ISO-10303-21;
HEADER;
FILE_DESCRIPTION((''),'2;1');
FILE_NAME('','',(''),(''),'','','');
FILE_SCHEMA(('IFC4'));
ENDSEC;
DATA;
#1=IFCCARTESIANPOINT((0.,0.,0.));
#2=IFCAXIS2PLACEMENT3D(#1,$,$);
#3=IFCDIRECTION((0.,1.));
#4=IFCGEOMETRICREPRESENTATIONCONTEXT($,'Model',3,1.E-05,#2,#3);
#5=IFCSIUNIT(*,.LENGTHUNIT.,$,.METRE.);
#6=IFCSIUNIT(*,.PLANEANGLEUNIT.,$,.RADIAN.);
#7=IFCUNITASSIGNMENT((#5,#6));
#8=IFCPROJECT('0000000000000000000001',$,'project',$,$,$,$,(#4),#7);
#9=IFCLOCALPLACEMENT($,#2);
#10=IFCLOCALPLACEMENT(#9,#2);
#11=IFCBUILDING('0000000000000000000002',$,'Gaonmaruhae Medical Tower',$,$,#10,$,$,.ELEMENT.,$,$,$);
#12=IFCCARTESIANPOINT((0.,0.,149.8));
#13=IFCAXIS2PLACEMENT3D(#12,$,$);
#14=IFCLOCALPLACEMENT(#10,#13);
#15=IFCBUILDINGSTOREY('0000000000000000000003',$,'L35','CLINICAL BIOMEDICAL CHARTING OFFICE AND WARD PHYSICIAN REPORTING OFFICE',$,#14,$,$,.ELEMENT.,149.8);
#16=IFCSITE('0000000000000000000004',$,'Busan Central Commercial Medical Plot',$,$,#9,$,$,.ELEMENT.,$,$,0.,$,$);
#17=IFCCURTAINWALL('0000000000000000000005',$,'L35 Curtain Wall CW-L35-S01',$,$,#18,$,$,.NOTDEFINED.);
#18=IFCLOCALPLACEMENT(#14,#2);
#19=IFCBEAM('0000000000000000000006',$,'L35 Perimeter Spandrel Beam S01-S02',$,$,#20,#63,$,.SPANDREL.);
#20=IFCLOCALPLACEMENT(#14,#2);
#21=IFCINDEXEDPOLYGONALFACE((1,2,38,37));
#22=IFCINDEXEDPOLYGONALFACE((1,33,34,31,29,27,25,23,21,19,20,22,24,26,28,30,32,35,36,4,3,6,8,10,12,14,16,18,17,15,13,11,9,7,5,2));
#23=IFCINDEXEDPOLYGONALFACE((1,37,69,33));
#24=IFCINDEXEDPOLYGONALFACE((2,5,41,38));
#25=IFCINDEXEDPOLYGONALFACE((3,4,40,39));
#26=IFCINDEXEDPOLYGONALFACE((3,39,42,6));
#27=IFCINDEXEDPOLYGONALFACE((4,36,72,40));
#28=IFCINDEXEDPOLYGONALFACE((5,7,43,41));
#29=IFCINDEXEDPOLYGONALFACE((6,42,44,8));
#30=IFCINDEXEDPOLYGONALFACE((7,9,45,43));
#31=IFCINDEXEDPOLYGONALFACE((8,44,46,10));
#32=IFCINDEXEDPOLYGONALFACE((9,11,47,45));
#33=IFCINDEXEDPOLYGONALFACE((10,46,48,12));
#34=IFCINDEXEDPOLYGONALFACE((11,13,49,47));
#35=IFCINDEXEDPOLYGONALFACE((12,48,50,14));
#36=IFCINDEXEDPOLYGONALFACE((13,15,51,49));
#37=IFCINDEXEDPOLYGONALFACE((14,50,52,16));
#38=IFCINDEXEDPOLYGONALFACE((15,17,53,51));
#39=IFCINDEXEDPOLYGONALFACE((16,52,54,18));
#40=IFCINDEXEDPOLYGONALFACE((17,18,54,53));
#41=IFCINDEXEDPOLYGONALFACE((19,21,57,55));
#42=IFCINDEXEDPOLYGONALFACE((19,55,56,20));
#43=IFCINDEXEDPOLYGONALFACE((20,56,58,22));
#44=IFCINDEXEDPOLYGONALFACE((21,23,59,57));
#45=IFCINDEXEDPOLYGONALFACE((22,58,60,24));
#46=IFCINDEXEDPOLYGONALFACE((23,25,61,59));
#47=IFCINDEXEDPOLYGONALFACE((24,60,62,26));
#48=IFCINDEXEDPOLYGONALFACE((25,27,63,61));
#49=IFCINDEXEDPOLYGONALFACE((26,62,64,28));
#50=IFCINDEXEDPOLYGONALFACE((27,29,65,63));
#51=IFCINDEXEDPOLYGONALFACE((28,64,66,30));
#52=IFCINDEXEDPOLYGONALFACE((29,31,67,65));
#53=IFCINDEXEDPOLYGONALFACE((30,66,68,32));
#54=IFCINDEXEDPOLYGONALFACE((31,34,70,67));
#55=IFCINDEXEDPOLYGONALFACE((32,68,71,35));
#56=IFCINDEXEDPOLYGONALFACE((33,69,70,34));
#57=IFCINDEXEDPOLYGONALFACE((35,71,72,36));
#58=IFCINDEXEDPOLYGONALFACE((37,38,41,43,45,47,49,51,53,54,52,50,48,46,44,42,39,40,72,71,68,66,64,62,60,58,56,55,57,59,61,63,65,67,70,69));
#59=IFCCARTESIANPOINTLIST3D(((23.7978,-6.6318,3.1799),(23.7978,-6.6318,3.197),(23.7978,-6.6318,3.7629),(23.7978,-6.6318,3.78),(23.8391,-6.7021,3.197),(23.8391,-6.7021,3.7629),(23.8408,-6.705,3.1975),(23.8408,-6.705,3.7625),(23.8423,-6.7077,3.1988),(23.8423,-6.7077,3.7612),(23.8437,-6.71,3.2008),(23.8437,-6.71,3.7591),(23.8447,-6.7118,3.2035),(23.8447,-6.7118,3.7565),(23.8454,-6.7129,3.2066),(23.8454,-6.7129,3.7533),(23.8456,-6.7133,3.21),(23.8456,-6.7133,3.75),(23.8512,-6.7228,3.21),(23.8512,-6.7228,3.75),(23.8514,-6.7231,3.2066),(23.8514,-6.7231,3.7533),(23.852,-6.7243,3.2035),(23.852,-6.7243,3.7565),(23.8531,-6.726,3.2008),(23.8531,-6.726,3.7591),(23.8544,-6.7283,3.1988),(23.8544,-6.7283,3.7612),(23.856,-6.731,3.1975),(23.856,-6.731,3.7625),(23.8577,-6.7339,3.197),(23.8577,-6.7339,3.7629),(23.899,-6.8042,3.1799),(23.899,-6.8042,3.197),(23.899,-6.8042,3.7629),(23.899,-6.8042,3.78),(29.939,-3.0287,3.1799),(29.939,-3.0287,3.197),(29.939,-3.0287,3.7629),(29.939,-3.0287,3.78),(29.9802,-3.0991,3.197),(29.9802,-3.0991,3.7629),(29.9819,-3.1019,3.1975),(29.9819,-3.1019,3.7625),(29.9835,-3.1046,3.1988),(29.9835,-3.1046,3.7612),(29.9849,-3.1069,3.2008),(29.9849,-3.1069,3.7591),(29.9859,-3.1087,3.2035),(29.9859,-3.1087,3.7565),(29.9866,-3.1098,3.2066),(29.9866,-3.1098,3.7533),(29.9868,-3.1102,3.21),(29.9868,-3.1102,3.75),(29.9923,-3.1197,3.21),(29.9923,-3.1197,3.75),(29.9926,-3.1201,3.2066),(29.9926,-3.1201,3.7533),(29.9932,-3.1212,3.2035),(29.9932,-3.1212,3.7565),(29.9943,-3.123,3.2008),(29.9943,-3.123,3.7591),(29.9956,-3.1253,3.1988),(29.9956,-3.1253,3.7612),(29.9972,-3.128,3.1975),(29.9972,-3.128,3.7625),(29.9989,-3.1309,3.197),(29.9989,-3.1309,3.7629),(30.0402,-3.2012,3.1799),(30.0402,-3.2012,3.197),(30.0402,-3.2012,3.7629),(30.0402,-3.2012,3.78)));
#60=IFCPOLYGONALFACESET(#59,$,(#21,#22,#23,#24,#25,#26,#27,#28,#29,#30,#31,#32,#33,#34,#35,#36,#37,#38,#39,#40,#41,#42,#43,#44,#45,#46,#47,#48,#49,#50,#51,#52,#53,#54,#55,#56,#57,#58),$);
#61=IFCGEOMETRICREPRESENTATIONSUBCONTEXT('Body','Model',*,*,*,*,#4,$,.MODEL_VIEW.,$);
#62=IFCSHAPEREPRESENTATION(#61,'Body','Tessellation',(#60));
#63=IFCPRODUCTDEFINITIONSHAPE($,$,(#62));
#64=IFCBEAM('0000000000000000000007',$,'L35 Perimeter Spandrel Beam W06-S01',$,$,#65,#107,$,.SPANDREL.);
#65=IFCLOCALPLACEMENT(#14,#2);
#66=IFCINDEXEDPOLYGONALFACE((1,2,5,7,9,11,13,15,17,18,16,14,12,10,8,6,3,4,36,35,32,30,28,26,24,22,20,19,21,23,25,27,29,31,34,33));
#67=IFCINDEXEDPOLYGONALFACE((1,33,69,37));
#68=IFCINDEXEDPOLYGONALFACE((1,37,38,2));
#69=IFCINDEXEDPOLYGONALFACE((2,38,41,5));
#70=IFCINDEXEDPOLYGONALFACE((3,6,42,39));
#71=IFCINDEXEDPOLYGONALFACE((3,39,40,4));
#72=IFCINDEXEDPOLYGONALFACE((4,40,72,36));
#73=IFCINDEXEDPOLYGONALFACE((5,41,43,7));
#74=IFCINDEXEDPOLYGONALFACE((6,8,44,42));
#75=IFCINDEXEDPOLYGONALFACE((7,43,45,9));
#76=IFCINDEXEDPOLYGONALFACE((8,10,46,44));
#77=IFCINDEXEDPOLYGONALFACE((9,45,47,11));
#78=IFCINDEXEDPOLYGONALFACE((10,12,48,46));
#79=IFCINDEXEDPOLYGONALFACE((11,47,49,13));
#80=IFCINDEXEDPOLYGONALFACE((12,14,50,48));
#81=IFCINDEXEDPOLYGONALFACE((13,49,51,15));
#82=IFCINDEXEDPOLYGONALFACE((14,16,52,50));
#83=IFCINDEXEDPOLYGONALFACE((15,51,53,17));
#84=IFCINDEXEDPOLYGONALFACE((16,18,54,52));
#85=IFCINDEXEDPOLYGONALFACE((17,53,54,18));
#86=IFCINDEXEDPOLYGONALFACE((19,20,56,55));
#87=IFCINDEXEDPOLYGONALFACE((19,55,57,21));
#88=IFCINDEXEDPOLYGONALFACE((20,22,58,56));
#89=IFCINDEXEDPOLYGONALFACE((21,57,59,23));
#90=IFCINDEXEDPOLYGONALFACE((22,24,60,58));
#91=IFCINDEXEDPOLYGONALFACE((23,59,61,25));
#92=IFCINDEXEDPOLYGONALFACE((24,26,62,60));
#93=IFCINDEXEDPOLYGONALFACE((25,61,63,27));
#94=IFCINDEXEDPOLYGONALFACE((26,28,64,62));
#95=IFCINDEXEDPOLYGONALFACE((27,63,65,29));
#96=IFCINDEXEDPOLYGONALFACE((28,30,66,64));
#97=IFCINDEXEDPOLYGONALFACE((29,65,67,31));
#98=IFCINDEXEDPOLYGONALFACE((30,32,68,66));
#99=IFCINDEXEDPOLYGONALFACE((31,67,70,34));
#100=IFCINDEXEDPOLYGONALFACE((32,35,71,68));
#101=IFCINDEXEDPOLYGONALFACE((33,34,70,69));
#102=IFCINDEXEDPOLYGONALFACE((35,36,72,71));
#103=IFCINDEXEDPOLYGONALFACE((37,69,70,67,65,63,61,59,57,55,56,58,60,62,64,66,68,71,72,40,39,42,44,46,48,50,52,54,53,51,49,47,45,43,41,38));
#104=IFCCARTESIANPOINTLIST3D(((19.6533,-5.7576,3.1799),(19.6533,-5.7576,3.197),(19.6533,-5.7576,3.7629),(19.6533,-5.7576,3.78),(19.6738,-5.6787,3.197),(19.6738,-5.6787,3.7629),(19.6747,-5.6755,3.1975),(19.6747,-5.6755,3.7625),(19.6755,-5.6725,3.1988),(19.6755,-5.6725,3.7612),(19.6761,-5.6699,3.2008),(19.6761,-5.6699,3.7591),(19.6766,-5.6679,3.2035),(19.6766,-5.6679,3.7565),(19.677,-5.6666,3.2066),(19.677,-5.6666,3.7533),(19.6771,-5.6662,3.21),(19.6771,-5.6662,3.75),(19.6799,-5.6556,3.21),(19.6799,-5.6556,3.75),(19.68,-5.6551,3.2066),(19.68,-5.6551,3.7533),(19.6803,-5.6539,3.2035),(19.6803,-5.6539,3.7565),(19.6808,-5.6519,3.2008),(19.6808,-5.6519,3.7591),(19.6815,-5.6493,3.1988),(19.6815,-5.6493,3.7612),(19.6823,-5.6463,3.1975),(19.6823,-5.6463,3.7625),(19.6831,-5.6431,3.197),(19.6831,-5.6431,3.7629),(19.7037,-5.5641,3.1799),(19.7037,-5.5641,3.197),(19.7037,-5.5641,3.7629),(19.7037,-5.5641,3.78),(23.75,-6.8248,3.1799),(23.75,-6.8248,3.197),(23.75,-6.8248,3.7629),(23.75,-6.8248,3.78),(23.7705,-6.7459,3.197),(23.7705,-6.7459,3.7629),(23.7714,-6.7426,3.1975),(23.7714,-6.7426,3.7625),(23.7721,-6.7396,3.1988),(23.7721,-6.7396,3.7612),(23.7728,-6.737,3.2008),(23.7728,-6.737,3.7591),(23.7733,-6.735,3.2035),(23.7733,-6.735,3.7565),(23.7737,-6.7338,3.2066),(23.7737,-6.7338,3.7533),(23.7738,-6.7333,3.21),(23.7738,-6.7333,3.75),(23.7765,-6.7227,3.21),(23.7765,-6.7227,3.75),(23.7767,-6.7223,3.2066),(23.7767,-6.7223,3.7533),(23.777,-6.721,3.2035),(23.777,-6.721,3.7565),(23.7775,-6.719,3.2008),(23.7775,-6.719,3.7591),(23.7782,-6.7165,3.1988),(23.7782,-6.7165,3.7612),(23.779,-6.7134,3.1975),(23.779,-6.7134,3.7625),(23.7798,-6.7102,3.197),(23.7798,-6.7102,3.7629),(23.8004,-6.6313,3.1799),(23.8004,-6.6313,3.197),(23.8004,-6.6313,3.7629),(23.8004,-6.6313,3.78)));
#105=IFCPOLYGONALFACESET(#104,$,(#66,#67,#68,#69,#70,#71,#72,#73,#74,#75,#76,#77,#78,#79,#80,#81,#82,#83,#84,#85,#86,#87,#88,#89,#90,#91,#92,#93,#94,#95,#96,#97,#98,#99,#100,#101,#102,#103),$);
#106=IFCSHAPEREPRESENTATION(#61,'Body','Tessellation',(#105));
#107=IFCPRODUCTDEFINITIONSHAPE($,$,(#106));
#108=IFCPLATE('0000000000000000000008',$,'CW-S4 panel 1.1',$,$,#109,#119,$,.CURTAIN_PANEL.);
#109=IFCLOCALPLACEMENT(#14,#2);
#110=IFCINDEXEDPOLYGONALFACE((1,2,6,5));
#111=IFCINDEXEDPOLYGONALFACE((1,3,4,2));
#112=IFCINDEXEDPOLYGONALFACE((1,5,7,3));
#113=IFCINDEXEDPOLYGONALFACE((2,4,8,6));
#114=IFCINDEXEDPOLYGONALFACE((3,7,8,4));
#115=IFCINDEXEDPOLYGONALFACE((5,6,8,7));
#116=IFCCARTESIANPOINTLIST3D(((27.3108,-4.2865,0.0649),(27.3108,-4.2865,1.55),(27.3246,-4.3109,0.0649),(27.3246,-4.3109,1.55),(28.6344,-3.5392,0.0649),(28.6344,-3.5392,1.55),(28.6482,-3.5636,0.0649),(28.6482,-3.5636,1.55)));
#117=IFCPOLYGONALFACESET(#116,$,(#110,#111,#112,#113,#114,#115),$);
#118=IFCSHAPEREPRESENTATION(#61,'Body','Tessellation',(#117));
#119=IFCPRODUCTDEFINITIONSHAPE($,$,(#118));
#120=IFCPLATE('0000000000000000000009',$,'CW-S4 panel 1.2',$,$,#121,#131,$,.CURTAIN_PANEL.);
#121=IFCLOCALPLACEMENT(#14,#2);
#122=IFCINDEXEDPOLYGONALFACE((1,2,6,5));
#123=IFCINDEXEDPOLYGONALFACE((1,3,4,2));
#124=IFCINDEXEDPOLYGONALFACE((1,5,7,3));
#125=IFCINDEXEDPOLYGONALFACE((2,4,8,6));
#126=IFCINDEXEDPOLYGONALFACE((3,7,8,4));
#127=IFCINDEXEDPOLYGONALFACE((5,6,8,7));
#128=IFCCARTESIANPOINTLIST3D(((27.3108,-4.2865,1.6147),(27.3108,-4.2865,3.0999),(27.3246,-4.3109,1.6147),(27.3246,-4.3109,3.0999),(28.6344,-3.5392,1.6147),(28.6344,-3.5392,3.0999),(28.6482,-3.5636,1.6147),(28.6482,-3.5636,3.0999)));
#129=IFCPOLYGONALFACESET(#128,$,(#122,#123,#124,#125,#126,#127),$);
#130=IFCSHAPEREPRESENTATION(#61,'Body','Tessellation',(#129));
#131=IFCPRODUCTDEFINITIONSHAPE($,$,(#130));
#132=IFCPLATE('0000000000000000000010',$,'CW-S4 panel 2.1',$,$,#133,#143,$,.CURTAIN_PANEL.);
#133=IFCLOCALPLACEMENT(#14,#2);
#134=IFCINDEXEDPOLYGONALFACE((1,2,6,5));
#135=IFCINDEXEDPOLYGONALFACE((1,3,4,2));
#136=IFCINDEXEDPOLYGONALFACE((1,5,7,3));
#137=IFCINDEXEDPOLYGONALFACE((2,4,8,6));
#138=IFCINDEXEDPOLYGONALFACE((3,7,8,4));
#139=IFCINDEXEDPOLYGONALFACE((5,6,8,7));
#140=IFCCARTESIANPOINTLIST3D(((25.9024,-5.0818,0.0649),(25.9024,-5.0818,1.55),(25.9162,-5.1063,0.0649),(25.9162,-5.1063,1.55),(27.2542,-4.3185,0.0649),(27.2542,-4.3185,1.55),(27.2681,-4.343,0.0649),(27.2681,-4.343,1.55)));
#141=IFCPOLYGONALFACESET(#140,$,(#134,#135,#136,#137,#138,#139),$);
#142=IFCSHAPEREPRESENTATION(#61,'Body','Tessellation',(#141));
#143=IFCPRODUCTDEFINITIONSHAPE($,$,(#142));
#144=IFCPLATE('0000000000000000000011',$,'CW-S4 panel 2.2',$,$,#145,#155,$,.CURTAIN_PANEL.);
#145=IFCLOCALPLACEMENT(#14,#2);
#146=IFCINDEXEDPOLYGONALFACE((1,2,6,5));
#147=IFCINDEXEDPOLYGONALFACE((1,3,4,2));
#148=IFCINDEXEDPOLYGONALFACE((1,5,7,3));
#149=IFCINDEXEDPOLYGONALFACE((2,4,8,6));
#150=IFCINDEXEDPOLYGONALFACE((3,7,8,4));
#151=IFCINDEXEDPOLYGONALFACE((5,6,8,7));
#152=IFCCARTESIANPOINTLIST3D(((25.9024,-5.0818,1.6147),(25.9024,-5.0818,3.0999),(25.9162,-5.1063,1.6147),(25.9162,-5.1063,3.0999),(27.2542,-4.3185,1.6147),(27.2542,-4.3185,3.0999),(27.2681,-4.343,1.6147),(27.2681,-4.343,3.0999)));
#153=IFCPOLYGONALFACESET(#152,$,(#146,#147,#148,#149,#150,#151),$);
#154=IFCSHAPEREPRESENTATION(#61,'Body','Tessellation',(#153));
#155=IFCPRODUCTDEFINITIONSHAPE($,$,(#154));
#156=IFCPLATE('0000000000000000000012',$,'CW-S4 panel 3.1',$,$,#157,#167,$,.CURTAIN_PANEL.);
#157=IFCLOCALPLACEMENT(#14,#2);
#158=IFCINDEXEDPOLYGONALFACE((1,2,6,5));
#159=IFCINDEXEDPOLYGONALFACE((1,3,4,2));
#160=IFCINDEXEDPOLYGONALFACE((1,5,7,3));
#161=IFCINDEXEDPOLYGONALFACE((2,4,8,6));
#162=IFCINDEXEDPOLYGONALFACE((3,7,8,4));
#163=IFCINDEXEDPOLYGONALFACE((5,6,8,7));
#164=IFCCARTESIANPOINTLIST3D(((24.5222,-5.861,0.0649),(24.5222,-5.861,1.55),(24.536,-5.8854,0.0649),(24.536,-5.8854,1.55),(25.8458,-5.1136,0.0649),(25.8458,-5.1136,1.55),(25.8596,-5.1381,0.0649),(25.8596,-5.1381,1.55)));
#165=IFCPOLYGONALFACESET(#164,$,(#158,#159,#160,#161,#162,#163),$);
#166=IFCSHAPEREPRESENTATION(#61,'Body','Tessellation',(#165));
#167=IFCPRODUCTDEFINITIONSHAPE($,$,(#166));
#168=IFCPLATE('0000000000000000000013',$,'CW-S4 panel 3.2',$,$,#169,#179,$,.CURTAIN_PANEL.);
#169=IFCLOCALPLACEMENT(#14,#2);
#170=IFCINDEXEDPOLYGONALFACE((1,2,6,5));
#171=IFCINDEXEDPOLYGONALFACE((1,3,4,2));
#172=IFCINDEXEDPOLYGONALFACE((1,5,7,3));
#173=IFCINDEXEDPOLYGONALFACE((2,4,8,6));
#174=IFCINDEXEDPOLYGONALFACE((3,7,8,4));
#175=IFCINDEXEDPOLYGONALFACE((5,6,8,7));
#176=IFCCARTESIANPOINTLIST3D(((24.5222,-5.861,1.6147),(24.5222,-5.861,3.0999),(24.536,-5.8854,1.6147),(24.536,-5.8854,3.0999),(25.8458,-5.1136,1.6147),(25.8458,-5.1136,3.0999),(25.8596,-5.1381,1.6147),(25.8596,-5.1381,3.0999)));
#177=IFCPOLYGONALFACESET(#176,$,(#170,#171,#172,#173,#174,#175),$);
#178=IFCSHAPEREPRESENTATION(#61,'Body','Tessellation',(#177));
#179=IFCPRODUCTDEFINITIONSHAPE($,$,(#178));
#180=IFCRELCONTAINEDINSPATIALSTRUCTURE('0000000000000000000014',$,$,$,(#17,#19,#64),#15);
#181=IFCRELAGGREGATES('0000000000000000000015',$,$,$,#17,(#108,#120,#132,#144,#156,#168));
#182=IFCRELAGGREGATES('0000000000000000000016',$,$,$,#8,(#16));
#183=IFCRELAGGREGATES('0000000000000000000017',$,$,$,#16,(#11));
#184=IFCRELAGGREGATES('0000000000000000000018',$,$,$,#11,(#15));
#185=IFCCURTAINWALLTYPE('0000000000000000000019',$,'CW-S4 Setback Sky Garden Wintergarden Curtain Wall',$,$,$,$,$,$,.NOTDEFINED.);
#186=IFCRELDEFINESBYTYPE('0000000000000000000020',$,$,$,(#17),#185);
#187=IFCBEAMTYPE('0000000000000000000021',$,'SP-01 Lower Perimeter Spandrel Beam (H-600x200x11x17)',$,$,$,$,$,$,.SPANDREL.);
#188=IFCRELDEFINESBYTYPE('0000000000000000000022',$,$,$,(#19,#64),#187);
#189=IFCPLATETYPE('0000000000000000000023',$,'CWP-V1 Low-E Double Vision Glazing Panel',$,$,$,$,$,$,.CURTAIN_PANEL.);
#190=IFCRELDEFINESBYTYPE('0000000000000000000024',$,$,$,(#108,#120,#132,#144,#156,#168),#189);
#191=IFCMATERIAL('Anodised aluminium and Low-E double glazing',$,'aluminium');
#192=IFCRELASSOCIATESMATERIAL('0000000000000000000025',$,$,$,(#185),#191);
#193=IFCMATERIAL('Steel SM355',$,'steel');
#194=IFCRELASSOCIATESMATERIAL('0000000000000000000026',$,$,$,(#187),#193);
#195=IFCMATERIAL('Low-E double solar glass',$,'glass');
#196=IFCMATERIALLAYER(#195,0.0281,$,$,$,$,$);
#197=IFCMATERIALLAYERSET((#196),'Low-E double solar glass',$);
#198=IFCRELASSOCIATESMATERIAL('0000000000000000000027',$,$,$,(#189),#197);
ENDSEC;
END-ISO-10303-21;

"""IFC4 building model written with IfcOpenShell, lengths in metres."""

from ifc_helpers import new_model, si_unit, direction, frame, origin, origin_2d, place, context, subcontext, project, spatial, rectangle, i_section, extrude, material, layer, layer_set, material_profile, profile_set, type_object, element, aggregate, save


model = new_model("IFC4")

# Units and contexts
model_context = context("Model", 3, precision=1e-05, world=origin(), true_north=direction((0.0, 1.0)))
body_context = subcontext(model_context, "Body", "Model", "MODEL_VIEW")
ifc_project = project(units=[si_unit("LENGTHUNIT", "METRE"), si_unit("PLANEANGLEUNIT", "RADIAN")], contexts=[model_context])

# Site, building, storey
site_placement = place(None, origin())
site = spatial("IfcSite", under=ifc_project, at=site_placement, Name="Busan Central Commercial Medical Plot", CompositionType="ELEMENT", RefElevation=0.0)
building_placement = place(site_placement, origin())
building = spatial("IfcBuilding", under=site, at=building_placement, Name="Gaonmaruhae Medical Tower", CompositionType="ELEMENT")
storey_placement = place(building_placement, frame((0.0, 0.0, 149.8)))
storey = spatial("IfcBuildingStorey", under=building, at=storey_placement, Name="L35", Description="CLINICAL BIOMEDICAL CHARTING OFFICE AND WARD PHYSICIAN REPORTING OFFICE", CompositionType="ELEMENT", Elevation=149.8)

# Curtain wall
ifc_material_1 = material(Name="Anodised aluminium and Low-E double glazing", Category="aluminium")
curtain_wall_type = type_object("IfcCurtainWallType", Name="CW-S4 Setback Sky Garden Wintergarden Curtain Wall", PredefinedType="NOTDEFINED", material=ifc_material_1)
curtain_wall_placement = place(storey_placement, origin())
curtain_wall = element("IfcCurtainWall", 1, at=curtain_wall_placement, inside=storey, type_object=curtain_wall_type, Name="L35 Curtain Wall CW-L35-S01", PredefinedType="NOTDEFINED")

# Beams
ifc_material_2 = material(Name="Steel SM355", Category="steel")
ifc_material_profile_1 = material_profile(ifc_material_2, i_section(OverallWidth=0.2, OverallDepth=0.6001, WebThickness=0.011, FlangeThickness=0.0171, FilletRadius=0.0129, at=origin_2d()), Name="H-600x200x11x17")
ifc_profile_set_1 = profile_set([ifc_material_profile_1], Name="Steel SM355")
beam_type = type_object("IfcBeamType", Name="SP-01 Lower Perimeter Spandrel Beam (H-600x200x11x17)", PredefinedType="SPANDREL", material=ifc_profile_set_1)
beam_1_placement = place(storey_placement, frame((23.8484, -6.718, 3.48), z_axis=(0.86251, 0.50604, 0.0), x_axis=(-0.50604, 0.86251, 0.0)))
element("IfcBeam", 2, at=beam_1_placement, inside=storey, type_object=beam_type, Name="L35 Perimeter Spandrel Beam S01-S02", PredefinedType="SPANDREL", context=body_context, shape_type="SweptSolid", body=[
    extrude(i_section(OverallWidth=0.2, OverallDepth=0.6001, WebThickness=0.011, FlangeThickness=0.0171, FilletRadius=0.0129, at=origin_2d()), origin(), (0.0, 0.0, 1.0), 7.1201),
])
beam_2_placement = place(storey_placement, frame((19.6785, -5.6609, 3.48), z_axis=(0.967707, -0.252077, 0.0), x_axis=(0.252077, 0.967707, 0.0)))
element("IfcBeam", 3, at=beam_2_placement, inside=storey, type_object=beam_type, Name="L35 Perimeter Spandrel Beam W06-S01", PredefinedType="SPANDREL", context=body_context, shape_type="SweptSolid", body=[
    extrude(i_section(OverallWidth=0.2, OverallDepth=0.6001, WebThickness=0.011, FlangeThickness=0.0171, FilletRadius=0.0129, at=origin_2d()), origin(), (0.0, 0.0, 1.0), 4.2334),
])

# Plates
ifc_material_3 = material(Name="Low-E double solar glass", Category="glass")
ifc_layer_1 = layer(ifc_material_3, 0.0281)
ifc_layer_set_1 = layer_set([ifc_layer_1], Name="Low-E double solar glass")
plate_type = type_object("IfcPlateType", Name="CWP-V1 Low-E Double Vision Glazing Panel", PredefinedType="CURTAIN_PANEL", material=ifc_layer_set_1)
plate_1_placement = place(storey_placement, frame((27.9795, -3.925, 0.0649), z_axis=(0.0, 0.0, 1.0), x_axis=(-0.870786, -0.491663, 0.0)))
plate_1 = element("IfcPlate", 4, at=plate_1_placement, type_object=plate_type, Name="CW-S4 panel 1.1", PredefinedType="CURTAIN_PANEL", context=body_context, shape_type="SweptSolid", body=[
    extrude(rectangle(XDim=1.52, YDim=0.0281, at=origin_2d()), origin(), (0.0, 0.0, 1.0), 1.4851),
])
plate_2_placement = place(storey_placement, frame((27.9795, -3.925, 1.6147), z_axis=(0.0, 0.0, 1.0), x_axis=(-0.870786, -0.491663, 0.0)))
plate_2 = element("IfcPlate", 5, at=plate_2_placement, type_object=plate_type, Name="CW-S4 panel 1.2", PredefinedType="CURTAIN_PANEL", context=body_context, shape_type="SweptSolid", body=[
    extrude(rectangle(XDim=1.52, YDim=0.0281, at=origin_2d()), origin(), (0.0, 0.0, 1.0), 1.4851),
])
plate_3_placement = place(storey_placement, frame((26.5852, -4.7124, 0.0649), z_axis=(0.0, 0.0, 1.0), x_axis=(-0.870786, -0.491663, 0.0)))
plate_3 = element("IfcPlate", 6, at=plate_3_placement, type_object=plate_type, Name="CW-S4 panel 2.1", PredefinedType="CURTAIN_PANEL", context=body_context, shape_type="SweptSolid", body=[
    extrude(rectangle(XDim=1.5525, YDim=0.0281, at=origin_2d()), origin(), (0.0, 0.0, 1.0), 1.4851),
])
plate_4_placement = place(storey_placement, frame((26.5852, -4.7124, 1.6147), z_axis=(0.0, 0.0, 1.0), x_axis=(-0.870786, -0.491663, 0.0)))
plate_4 = element("IfcPlate", 7, at=plate_4_placement, type_object=plate_type, Name="CW-S4 panel 2.2", PredefinedType="CURTAIN_PANEL", context=body_context, shape_type="SweptSolid", body=[
    extrude(rectangle(XDim=1.5525, YDim=0.0281, at=origin_2d()), origin(), (0.0, 0.0, 1.0), 1.4851),
])
plate_5_placement = place(storey_placement, frame((25.1909, -5.4995, 0.0649), z_axis=(0.0, 0.0, 1.0), x_axis=(-0.870786, -0.491663, 0.0)))
plate_5 = element("IfcPlate", 8, at=plate_5_placement, type_object=plate_type, Name="CW-S4 panel 3.1", PredefinedType="CURTAIN_PANEL", context=body_context, shape_type="SweptSolid", body=[
    extrude(rectangle(XDim=1.52, YDim=0.0281, at=origin_2d()), origin(), (0.0, 0.0, 1.0), 1.4851),
])
plate_6_placement = place(storey_placement, frame((25.1909, -5.4995, 1.6147), z_axis=(0.0, 0.0, 1.0), x_axis=(-0.870786, -0.491663, 0.0)))
plate_6 = element("IfcPlate", 9, at=plate_6_placement, type_object=plate_type, Name="CW-S4 panel 3.2", PredefinedType="CURTAIN_PANEL", context=body_context, shape_type="SweptSolid", body=[
    extrude(rectangle(XDim=1.52, YDim=0.0281, at=origin_2d()), origin(), (0.0, 0.0, 1.0), 1.4851),
])
aggregate(curtain_wall, [plate_1, plate_2, plate_3, plate_4, plate_5, plate_6])

save(model, "model.ifc")
